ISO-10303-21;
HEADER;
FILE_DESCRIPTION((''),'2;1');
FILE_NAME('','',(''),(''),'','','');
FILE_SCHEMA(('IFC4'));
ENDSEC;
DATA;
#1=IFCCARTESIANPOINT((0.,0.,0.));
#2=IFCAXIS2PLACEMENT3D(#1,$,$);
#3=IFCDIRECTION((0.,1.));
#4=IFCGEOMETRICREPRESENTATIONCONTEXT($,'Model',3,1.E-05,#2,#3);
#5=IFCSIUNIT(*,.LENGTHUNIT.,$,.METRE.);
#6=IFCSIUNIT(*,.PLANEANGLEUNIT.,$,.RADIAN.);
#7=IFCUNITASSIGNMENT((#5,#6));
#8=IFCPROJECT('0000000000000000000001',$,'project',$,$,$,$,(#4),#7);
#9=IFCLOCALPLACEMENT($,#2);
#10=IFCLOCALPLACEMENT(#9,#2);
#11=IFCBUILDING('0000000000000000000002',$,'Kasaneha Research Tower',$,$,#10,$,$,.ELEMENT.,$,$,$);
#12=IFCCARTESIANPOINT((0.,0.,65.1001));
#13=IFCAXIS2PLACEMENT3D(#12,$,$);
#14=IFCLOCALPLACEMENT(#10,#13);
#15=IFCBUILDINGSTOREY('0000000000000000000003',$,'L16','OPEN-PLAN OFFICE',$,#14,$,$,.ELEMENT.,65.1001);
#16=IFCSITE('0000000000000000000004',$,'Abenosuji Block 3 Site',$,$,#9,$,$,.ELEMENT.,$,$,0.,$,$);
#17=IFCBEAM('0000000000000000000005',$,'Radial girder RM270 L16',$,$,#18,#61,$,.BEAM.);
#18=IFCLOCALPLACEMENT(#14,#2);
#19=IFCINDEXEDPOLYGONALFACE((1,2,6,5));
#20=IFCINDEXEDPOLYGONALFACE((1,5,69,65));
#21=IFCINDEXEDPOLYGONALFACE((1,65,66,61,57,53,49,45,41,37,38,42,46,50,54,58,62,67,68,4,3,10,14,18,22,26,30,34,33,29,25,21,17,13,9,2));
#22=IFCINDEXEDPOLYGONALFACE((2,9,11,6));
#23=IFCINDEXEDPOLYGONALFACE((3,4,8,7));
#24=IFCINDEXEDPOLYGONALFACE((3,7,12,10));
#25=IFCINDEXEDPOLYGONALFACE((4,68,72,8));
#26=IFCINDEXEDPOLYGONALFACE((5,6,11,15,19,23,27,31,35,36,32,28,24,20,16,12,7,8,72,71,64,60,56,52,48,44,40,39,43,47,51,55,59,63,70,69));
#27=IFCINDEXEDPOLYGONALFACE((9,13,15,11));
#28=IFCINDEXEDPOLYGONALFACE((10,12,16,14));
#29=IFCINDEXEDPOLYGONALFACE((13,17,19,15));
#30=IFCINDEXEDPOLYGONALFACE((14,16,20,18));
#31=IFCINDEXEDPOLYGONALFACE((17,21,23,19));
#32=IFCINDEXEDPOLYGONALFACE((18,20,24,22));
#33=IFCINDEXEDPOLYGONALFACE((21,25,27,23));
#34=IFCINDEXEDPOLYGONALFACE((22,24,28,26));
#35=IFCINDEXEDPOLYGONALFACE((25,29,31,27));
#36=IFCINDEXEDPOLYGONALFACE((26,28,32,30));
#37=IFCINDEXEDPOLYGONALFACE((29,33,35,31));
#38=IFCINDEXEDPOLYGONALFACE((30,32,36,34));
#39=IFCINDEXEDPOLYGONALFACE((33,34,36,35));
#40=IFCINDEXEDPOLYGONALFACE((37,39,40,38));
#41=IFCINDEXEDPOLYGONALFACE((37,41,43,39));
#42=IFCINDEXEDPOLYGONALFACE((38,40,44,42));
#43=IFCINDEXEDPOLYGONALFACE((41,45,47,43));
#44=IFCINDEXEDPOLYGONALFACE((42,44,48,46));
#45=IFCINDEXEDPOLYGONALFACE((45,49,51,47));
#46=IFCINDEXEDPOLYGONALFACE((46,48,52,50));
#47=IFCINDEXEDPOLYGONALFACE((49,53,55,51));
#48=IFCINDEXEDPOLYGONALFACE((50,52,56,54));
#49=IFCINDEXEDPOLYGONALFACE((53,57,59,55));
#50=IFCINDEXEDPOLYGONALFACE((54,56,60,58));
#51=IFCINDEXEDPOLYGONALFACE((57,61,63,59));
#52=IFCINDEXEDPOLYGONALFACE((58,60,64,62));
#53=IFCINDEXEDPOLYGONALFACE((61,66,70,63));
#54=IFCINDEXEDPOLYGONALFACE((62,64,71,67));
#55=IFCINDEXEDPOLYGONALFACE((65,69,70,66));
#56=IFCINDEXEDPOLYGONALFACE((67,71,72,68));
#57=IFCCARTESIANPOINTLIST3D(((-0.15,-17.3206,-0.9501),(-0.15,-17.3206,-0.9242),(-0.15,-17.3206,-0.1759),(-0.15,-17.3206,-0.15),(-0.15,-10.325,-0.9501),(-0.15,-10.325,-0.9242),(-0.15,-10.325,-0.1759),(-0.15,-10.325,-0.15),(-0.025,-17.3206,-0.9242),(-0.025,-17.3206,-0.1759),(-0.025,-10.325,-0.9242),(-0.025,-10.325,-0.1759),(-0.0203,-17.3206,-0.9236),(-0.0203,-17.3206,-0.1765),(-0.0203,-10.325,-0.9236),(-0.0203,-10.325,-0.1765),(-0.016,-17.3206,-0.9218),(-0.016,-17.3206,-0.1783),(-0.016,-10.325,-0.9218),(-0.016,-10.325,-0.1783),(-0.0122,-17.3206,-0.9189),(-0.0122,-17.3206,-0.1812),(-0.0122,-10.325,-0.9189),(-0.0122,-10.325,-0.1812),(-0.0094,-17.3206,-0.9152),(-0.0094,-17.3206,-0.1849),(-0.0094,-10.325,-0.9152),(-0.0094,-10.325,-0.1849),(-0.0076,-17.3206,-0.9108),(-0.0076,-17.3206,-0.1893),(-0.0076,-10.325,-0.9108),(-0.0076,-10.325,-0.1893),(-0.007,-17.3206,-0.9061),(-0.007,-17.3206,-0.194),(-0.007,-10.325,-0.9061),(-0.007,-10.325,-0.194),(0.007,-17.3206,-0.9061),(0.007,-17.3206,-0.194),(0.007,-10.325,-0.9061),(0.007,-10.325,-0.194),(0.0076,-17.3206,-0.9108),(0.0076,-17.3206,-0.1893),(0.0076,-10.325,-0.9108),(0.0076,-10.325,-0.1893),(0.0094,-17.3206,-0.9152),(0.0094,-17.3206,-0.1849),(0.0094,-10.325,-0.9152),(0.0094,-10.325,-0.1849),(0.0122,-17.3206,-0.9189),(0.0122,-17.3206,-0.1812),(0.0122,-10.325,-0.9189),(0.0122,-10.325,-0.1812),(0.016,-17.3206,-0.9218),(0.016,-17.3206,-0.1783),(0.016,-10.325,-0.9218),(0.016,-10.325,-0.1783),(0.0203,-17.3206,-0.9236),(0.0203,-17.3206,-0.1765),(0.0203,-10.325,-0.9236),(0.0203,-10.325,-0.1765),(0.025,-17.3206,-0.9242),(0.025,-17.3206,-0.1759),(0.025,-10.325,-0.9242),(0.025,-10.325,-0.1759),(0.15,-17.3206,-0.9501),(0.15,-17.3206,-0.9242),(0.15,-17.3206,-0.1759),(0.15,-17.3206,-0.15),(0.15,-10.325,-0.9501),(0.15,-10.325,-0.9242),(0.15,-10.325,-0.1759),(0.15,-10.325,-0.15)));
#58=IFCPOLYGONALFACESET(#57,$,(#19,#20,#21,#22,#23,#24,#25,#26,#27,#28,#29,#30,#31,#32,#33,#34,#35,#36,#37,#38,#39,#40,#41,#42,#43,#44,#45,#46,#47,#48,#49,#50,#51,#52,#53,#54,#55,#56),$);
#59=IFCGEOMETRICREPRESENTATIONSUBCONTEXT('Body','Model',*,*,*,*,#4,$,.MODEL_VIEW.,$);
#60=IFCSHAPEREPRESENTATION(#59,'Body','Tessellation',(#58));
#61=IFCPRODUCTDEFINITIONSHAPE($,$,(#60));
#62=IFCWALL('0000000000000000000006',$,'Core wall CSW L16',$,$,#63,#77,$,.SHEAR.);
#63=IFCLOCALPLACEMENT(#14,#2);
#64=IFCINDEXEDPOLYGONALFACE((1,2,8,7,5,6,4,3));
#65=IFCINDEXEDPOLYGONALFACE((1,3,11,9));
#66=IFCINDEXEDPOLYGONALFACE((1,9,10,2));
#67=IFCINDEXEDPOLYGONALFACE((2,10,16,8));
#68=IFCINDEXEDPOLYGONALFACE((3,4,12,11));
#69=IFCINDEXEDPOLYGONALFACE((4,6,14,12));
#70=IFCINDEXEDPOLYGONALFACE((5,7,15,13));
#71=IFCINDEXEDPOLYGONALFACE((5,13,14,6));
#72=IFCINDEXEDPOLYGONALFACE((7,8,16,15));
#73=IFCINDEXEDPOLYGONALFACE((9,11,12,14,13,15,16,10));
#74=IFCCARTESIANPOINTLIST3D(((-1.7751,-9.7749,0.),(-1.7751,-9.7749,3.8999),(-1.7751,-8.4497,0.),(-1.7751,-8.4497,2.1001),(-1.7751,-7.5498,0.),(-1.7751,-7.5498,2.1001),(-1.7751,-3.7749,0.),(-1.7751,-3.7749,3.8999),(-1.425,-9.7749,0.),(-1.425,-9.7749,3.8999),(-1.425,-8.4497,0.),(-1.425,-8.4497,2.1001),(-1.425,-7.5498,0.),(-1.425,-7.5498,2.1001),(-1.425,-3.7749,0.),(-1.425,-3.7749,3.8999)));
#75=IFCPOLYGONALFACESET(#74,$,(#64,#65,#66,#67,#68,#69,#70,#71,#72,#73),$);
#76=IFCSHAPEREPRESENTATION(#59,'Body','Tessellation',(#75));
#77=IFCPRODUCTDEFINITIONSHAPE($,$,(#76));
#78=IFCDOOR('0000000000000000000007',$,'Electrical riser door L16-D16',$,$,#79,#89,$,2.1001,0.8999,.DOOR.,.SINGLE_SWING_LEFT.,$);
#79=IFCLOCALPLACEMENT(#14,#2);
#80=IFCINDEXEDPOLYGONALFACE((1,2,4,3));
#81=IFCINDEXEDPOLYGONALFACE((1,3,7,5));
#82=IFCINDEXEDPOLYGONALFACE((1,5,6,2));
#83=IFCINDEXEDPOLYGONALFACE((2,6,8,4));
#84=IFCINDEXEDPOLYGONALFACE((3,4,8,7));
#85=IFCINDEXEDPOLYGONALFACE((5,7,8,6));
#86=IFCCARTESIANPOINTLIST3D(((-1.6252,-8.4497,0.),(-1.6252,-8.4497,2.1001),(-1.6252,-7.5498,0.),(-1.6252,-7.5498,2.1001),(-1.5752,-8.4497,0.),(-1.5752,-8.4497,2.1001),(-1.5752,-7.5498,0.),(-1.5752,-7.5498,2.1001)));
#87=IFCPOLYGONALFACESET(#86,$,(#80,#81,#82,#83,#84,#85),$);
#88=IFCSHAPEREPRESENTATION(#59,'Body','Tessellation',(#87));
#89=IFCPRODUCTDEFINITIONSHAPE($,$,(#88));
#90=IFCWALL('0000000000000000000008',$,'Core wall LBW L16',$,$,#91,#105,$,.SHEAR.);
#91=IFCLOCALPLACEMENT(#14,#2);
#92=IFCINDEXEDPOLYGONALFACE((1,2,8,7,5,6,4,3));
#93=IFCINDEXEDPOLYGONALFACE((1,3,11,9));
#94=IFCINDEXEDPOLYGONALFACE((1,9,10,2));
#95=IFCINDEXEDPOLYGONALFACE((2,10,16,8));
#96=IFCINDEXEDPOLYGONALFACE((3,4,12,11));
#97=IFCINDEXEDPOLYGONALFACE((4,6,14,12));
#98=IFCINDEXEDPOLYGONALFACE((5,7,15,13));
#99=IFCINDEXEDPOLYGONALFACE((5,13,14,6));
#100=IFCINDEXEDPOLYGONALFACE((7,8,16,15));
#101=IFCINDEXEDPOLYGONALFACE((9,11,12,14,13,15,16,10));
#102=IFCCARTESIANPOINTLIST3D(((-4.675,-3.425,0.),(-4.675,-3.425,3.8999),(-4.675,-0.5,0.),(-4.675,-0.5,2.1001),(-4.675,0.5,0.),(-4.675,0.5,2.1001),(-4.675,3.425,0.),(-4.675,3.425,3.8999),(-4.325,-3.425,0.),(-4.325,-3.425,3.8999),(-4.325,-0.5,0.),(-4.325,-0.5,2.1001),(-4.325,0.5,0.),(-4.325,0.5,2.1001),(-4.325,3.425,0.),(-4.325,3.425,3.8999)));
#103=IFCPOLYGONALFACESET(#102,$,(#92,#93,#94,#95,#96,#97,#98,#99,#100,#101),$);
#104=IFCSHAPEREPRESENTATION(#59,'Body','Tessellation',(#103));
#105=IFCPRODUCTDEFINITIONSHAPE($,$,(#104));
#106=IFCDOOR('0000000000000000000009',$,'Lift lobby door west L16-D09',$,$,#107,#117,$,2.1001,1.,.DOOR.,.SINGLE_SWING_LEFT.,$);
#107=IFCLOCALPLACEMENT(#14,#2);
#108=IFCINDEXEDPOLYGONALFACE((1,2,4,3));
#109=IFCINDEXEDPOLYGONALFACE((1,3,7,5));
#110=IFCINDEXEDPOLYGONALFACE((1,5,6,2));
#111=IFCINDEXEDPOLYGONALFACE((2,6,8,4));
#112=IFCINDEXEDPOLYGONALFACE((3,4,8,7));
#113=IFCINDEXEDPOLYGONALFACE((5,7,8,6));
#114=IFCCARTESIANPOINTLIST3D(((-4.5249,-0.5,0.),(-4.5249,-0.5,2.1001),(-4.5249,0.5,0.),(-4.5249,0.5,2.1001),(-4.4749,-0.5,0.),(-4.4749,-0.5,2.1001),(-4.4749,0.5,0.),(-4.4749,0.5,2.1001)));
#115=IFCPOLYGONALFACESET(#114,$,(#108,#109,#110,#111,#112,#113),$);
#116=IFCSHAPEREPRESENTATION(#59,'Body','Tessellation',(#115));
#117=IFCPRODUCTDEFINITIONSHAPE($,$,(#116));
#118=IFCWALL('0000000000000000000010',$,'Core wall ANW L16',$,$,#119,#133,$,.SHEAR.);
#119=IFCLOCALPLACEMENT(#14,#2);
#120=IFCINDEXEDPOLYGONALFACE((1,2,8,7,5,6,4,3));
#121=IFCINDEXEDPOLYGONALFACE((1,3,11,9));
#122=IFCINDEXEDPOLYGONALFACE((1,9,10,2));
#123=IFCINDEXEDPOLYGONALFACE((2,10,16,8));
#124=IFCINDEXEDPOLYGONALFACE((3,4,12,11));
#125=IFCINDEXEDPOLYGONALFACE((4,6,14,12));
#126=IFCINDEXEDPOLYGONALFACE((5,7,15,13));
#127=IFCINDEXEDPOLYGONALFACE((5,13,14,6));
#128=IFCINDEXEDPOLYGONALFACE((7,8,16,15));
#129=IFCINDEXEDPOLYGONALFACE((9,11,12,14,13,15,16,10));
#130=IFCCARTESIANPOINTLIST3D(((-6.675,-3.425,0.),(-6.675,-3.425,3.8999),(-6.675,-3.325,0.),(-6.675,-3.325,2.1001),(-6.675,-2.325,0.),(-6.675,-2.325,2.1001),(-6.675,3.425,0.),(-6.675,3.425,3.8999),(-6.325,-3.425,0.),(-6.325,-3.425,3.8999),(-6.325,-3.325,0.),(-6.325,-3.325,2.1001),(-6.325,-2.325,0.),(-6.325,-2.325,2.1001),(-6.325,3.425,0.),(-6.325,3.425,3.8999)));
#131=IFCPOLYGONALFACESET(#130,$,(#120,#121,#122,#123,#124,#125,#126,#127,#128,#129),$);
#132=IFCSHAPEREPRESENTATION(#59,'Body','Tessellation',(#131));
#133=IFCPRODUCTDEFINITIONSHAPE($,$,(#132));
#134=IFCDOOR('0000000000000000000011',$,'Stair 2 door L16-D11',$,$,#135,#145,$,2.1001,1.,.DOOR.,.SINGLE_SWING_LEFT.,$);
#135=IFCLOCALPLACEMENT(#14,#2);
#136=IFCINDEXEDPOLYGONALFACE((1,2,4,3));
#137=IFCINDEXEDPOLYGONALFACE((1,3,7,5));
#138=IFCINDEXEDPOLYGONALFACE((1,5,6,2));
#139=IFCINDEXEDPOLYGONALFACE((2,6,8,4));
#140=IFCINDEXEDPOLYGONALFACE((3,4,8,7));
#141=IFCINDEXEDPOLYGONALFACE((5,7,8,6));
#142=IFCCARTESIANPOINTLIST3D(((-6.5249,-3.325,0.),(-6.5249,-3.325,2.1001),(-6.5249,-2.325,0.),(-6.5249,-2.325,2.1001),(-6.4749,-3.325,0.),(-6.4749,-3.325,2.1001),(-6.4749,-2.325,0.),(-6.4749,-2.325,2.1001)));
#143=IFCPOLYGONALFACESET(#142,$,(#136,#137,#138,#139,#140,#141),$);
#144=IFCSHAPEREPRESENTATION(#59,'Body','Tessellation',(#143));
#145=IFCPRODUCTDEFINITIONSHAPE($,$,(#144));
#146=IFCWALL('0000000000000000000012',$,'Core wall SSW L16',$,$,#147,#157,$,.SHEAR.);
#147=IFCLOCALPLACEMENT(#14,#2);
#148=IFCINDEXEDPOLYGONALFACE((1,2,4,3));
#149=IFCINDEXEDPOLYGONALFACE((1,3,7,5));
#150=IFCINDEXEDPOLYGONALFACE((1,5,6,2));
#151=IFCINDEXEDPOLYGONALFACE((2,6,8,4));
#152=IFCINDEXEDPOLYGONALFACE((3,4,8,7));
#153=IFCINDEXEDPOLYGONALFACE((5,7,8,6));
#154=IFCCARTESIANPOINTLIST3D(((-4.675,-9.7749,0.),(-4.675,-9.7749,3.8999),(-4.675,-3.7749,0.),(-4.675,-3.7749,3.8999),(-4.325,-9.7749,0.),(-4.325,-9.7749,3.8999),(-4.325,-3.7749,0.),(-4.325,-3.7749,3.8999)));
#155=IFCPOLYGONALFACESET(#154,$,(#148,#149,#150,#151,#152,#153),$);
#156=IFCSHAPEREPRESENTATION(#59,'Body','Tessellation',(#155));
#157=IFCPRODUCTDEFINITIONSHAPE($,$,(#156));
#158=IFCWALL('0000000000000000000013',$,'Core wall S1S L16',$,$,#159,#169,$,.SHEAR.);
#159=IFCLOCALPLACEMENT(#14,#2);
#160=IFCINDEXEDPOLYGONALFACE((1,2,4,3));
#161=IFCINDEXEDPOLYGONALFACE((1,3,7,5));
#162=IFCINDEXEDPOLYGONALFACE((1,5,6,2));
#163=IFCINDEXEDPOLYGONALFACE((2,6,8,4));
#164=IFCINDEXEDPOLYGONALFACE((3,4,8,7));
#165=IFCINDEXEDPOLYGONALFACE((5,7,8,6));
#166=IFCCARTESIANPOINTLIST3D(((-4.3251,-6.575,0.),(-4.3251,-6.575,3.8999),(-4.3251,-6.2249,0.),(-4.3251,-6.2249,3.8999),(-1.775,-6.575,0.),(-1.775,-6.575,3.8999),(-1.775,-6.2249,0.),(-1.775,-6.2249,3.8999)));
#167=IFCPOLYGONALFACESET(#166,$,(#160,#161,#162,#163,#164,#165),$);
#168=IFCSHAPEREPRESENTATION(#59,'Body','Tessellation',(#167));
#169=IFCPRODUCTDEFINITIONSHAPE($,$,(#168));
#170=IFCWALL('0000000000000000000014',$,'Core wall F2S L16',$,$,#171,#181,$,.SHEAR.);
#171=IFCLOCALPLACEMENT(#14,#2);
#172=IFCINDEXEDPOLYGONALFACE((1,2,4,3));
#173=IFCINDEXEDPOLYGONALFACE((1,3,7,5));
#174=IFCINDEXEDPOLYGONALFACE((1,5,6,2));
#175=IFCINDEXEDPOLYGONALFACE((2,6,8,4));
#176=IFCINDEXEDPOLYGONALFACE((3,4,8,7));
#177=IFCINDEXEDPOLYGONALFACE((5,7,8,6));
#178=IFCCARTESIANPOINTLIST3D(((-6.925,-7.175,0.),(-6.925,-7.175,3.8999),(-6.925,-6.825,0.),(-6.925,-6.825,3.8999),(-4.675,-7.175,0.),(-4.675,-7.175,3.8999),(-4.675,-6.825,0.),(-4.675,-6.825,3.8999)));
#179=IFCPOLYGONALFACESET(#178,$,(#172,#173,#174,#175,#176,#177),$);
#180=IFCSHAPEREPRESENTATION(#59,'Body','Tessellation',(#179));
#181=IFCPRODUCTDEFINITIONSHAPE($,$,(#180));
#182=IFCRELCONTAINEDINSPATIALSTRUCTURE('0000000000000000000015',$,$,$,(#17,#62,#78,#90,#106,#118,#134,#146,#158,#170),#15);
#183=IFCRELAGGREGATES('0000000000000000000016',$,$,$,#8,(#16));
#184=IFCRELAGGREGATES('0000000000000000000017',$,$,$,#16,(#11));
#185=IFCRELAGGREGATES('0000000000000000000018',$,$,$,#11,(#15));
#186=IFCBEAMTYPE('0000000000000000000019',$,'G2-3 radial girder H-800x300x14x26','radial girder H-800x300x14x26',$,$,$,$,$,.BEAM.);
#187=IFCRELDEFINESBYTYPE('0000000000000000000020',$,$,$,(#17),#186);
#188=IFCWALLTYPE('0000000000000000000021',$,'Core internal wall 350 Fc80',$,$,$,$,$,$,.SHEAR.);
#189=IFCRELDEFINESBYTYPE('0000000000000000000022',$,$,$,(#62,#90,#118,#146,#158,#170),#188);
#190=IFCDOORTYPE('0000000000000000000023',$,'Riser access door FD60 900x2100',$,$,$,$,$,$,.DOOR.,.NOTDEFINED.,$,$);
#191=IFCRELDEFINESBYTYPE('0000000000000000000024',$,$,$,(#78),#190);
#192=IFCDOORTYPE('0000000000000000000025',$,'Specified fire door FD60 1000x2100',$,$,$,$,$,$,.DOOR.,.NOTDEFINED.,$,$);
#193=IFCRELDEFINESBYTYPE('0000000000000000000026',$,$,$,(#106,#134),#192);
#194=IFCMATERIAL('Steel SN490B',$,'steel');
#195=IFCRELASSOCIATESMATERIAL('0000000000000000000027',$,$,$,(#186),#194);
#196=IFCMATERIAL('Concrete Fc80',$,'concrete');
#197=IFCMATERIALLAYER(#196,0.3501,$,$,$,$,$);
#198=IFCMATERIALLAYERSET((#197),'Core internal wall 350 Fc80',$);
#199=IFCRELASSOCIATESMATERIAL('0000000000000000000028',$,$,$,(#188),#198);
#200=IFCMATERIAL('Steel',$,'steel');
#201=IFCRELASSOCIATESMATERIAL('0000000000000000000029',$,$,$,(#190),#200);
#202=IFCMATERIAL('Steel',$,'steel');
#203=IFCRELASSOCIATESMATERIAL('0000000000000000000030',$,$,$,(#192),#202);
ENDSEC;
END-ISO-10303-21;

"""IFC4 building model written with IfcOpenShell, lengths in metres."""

from ifc_helpers import new_model, si_unit, direction, frame, frame_2d, origin, origin_2d, place, context, subcontext, project, spatial, rectangle, i_section, extrude, material, layer, layer_set, material_profile, profile_set, type_object, element, fill, save


model = new_model("IFC4")

# Units and contexts
model_context = context("Model", 3, precision=1e-05, world=origin(), true_north=direction((0.0, 1.0)))
body_context = subcontext(model_context, "Body", "Model", "MODEL_VIEW")
ifc_project = project(units=[si_unit("LENGTHUNIT", "METRE"), si_unit("PLANEANGLEUNIT", "RADIAN")], contexts=[model_context])

# Site, building, storey
site_placement = place(None, origin())
site = spatial("IfcSite", under=ifc_project, at=site_placement, Name="Abenosuji Block 3 Site", CompositionType="ELEMENT", RefElevation=0.0)
building_placement = place(site_placement, origin())
building = spatial("IfcBuilding", under=site, at=building_placement, Name="Kasaneha Research Tower", CompositionType="ELEMENT")
storey_placement = place(building_placement, frame((0.0, 0.0, 65.1001)))
storey = spatial("IfcBuildingStorey", under=building, at=storey_placement, Name="L16", Description="OPEN-PLAN OFFICE", CompositionType="ELEMENT", Elevation=65.1001)

# Beam
ifc_material_1 = material(Name="Steel SN490B", Category="steel")
ifc_material_profile_1 = material_profile(ifc_material_1, i_section(OverallWidth=0.3, OverallDepth=0.8, WebThickness=0.0139, FlangeThickness=0.0259, FilletRadius=0.0181, at=origin_2d()), Name="H-800x300x14x26")
ifc_profile_set_1 = profile_set([ifc_material_profile_1], Name="Steel SN490B")
beam_type_1 = type_object("IfcBeamType", Name="G2-3 radial girder H-800x300x14x26", Description="radial girder H-800x300x14x26", PredefinedType="BEAM", material=ifc_profile_set_1)
beam_1_placement = place(storey_placement, frame((0.0, -10.325, -0.55), z_axis=(0.0, -1.0, 0.0), x_axis=(1.0, 0.0, 0.0)))
element("IfcBeam", 1, at=beam_1_placement, inside=storey, type_object=beam_type_1, Name="Radial girder RM270 L16", PredefinedType="BEAM", context=body_context, shape_type="SweptSolid", body=[
    extrude(i_section(OverallWidth=0.3, OverallDepth=0.8, WebThickness=0.0139, FlangeThickness=0.0259, FilletRadius=0.0181, at=origin_2d()), origin(), (0.0, 0.0, 1.0), 6.9956),
])

# Walls, openings, doors
ifc_material_2 = material(Name="Concrete Fc80", Category="concrete")
ifc_layer_1 = layer(ifc_material_2, 0.3501)
ifc_layer_set_1 = layer_set([ifc_layer_1], Name="Core internal wall 350 Fc80")
wall_type_1 = type_object("IfcWallType", Name="Core internal wall 350 Fc80", PredefinedType="SHEAR", material=ifc_layer_set_1)
wall_1_placement = place(storey_placement, frame((-1.6001, -3.7749, 0.0), z_axis=(0.0, 0.0, 1.0), x_axis=(0.0, -1.0, 0.0)))
wall_1 = element("IfcWall", 2, at=wall_1_placement, inside=storey, type_object=wall_type_1, Name="Core wall CSW L16", PredefinedType="SHEAR", context=body_context, shape_type="SweptSolid", body=[
    extrude(rectangle(XDim=6.0, YDim=0.3501, at=frame_2d((3.0, 0.0))), origin(), (0.0, 0.0, 1.0), 3.8999),
])
opening_1_placement = place(wall_1_placement, frame((3.7749, 0.0, 0.0)))
opening_1 = element("IfcOpeningElement", 3, at=opening_1_placement, cuts=wall_1, PredefinedType="OPENING", context=body_context, shape_type="SweptSolid", body=[
    extrude(rectangle(XDim=0.8999, YDim=2.1001, at=frame_2d((0.45, 1.05))), frame((0.0, 0.1851, 0.0), z_axis=(0.0, -1.0, 0.0), x_axis=(1.0, 0.0, 0.0)), (0.0, 0.0, 1.0), 0.3701),
])
ifc_material_3 = material(Name="Steel", Category="steel")
door_type_1 = type_object("IfcDoorType", Name="Riser access door FD60 900x2100", OperationType="NOTDEFINED", PredefinedType="DOOR", material=ifc_material_3)
door_1_placement = place(opening_1_placement, origin())
door_1 = element("IfcDoor", 4, at=door_1_placement, inside=storey, type_object=door_type_1, Name="Electrical riser door L16-D16", OperationType="SINGLE_SWING_LEFT", OverallHeight=2.1001, OverallWidth=0.8999, PredefinedType="DOOR", context=body_context, shape_type="SweptSolid", body=[
    extrude(rectangle(XDim=0.8999, YDim=2.1001, at=frame_2d((0.45, 1.05))), frame((0.0, 0.0249, 0.0), z_axis=(0.0, -1.0, 0.0), x_axis=(1.0, 0.0, 0.0)), (0.0, 0.0, 1.0), 0.05),
])
fill(opening_1, door_1)
wall_2_placement = place(storey_placement, frame((-4.5, -3.425, 0.0), z_axis=(0.0, 0.0, 1.0), x_axis=(0.0, 1.0, 0.0)))
wall_2 = element("IfcWall", 5, at=wall_2_placement, inside=storey, type_object=wall_type_1, Name="Core wall LBW L16", PredefinedType="SHEAR", context=body_context, shape_type="SweptSolid", body=[
    extrude(rectangle(XDim=6.8501, YDim=0.3501, at=frame_2d((3.425, 0.0))), origin(), (0.0, 0.0, 1.0), 3.8999),
])
opening_2_placement = place(wall_2_placement, frame((2.925, 0.0, 0.0)))
opening_2 = element("IfcOpeningElement", 6, at=opening_2_placement, cuts=wall_2, PredefinedType="OPENING", context=body_context, shape_type="SweptSolid", body=[
    extrude(rectangle(XDim=1.0, YDim=2.1001, at=frame_2d((0.5, 1.05))), frame((0.0, 0.1851, 0.0), z_axis=(0.0, -1.0, 0.0), x_axis=(1.0, 0.0, 0.0)), (0.0, 0.0, 1.0), 0.3701),
])
ifc_material_4 = material(Name="Steel", Category="steel")
door_type_2 = type_object("IfcDoorType", Name="Specified fire door FD60 1000x2100", OperationType="NOTDEFINED", PredefinedType="DOOR", material=ifc_material_4)
door_2_placement = place(opening_2_placement, origin())
door_2 = element("IfcDoor", 7, at=door_2_placement, inside=storey, type_object=door_type_2, Name="Lift lobby door west L16-D09", OperationType="SINGLE_SWING_LEFT", OverallHeight=2.1001, OverallWidth=1.0, PredefinedType="DOOR", context=body_context, shape_type="SweptSolid", body=[
    extrude(rectangle(XDim=1.0, YDim=2.1001, at=frame_2d((0.5, 1.05))), frame((0.0, 0.0249, 0.0), z_axis=(0.0, -1.0, 0.0), x_axis=(1.0, 0.0, 0.0)), (0.0, 0.0, 1.0), 0.05),
])
fill(opening_2, door_2)
wall_3_placement = place(storey_placement, frame((-6.5, -3.425, 0.0), z_axis=(0.0, 0.0, 1.0), x_axis=(0.0, 1.0, 0.0)))
wall_3 = element("IfcWall", 8, at=wall_3_placement, inside=storey, type_object=wall_type_1, Name="Core wall ANW L16", PredefinedType="SHEAR", context=body_context, shape_type="SweptSolid", body=[
    extrude(rectangle(XDim=6.8501, YDim=0.3501, at=frame_2d((3.425, 0.0))), origin(), (0.0, 0.0, 1.0), 3.8999),
])
opening_3_placement = place(wall_3_placement, frame((0.1001, 0.0, 0.0)))
opening_3 = element("IfcOpeningElement", 9, at=opening_3_placement, cuts=wall_3, PredefinedType="OPENING", context=body_context, shape_type="SweptSolid", body=[
    extrude(rectangle(XDim=1.0, YDim=2.1001, at=frame_2d((0.5, 1.05))), frame((0.0, 0.1851, 0.0), z_axis=(0.0, -1.0, 0.0), x_axis=(1.0, 0.0, 0.0)), (0.0, 0.0, 1.0), 0.3701),
])
door_3_placement = place(opening_3_placement, origin())
door_3 = element("IfcDoor", 10, at=door_3_placement, inside=storey, type_object=door_type_2, Name="Stair 2 door L16-D11", OperationType="SINGLE_SWING_LEFT", OverallHeight=2.1001, OverallWidth=1.0, PredefinedType="DOOR", context=body_context, shape_type="SweptSolid", body=[
    extrude(rectangle(XDim=1.0, YDim=2.1001, at=frame_2d((0.5, 1.05))), frame((0.0, 0.0249, 0.0), z_axis=(0.0, -1.0, 0.0), x_axis=(1.0, 0.0, 0.0)), (0.0, 0.0, 1.0), 0.05),
])
fill(opening_3, door_3)

# Walls
wall_4_placement = place(storey_placement, frame((-4.5, -3.7749, 0.0), z_axis=(0.0, 0.0, 1.0), x_axis=(0.0, -1.0, 0.0)))
element("IfcWall", 11, at=wall_4_placement, inside=storey, type_object=wall_type_1, Name="Core wall SSW L16", PredefinedType="SHEAR", context=body_context, shape_type="SweptSolid", body=[
    extrude(rectangle(XDim=6.0, YDim=0.3501, at=frame_2d((3.0, 0.0))), origin(), (0.0, 0.0, 1.0), 3.8999),
])
wall_5_placement = place(storey_placement, frame((-4.325, -6.3999, 0.0), z_axis=(0.0, 0.0, 1.0), x_axis=(1.0, 0.0, 0.0)))
element("IfcWall", 12, at=wall_5_placement, inside=storey, type_object=wall_type_1, Name="Core wall S1S L16", PredefinedType="SHEAR", context=body_context, shape_type="SweptSolid", body=[
    extrude(rectangle(XDim=2.55, YDim=0.3501, at=frame_2d((1.2749, 0.0))), origin(), (0.0, 0.0, 1.0), 3.8999),
])
wall_6_placement = place(storey_placement, frame((-6.925, -7.0, 0.0), z_axis=(0.0, 0.0, 1.0), x_axis=(1.0, 0.0, 0.0)))
element("IfcWall", 13, at=wall_6_placement, inside=storey, type_object=wall_type_1, Name="Core wall F2S L16", PredefinedType="SHEAR", context=body_context, shape_type="SweptSolid", body=[
    extrude(rectangle(XDim=2.25, YDim=0.3501, at=frame_2d((1.125, 0.0))), origin(), (0.0, 0.0, 1.0), 3.8999),
])

save(model, "model.ifc")
